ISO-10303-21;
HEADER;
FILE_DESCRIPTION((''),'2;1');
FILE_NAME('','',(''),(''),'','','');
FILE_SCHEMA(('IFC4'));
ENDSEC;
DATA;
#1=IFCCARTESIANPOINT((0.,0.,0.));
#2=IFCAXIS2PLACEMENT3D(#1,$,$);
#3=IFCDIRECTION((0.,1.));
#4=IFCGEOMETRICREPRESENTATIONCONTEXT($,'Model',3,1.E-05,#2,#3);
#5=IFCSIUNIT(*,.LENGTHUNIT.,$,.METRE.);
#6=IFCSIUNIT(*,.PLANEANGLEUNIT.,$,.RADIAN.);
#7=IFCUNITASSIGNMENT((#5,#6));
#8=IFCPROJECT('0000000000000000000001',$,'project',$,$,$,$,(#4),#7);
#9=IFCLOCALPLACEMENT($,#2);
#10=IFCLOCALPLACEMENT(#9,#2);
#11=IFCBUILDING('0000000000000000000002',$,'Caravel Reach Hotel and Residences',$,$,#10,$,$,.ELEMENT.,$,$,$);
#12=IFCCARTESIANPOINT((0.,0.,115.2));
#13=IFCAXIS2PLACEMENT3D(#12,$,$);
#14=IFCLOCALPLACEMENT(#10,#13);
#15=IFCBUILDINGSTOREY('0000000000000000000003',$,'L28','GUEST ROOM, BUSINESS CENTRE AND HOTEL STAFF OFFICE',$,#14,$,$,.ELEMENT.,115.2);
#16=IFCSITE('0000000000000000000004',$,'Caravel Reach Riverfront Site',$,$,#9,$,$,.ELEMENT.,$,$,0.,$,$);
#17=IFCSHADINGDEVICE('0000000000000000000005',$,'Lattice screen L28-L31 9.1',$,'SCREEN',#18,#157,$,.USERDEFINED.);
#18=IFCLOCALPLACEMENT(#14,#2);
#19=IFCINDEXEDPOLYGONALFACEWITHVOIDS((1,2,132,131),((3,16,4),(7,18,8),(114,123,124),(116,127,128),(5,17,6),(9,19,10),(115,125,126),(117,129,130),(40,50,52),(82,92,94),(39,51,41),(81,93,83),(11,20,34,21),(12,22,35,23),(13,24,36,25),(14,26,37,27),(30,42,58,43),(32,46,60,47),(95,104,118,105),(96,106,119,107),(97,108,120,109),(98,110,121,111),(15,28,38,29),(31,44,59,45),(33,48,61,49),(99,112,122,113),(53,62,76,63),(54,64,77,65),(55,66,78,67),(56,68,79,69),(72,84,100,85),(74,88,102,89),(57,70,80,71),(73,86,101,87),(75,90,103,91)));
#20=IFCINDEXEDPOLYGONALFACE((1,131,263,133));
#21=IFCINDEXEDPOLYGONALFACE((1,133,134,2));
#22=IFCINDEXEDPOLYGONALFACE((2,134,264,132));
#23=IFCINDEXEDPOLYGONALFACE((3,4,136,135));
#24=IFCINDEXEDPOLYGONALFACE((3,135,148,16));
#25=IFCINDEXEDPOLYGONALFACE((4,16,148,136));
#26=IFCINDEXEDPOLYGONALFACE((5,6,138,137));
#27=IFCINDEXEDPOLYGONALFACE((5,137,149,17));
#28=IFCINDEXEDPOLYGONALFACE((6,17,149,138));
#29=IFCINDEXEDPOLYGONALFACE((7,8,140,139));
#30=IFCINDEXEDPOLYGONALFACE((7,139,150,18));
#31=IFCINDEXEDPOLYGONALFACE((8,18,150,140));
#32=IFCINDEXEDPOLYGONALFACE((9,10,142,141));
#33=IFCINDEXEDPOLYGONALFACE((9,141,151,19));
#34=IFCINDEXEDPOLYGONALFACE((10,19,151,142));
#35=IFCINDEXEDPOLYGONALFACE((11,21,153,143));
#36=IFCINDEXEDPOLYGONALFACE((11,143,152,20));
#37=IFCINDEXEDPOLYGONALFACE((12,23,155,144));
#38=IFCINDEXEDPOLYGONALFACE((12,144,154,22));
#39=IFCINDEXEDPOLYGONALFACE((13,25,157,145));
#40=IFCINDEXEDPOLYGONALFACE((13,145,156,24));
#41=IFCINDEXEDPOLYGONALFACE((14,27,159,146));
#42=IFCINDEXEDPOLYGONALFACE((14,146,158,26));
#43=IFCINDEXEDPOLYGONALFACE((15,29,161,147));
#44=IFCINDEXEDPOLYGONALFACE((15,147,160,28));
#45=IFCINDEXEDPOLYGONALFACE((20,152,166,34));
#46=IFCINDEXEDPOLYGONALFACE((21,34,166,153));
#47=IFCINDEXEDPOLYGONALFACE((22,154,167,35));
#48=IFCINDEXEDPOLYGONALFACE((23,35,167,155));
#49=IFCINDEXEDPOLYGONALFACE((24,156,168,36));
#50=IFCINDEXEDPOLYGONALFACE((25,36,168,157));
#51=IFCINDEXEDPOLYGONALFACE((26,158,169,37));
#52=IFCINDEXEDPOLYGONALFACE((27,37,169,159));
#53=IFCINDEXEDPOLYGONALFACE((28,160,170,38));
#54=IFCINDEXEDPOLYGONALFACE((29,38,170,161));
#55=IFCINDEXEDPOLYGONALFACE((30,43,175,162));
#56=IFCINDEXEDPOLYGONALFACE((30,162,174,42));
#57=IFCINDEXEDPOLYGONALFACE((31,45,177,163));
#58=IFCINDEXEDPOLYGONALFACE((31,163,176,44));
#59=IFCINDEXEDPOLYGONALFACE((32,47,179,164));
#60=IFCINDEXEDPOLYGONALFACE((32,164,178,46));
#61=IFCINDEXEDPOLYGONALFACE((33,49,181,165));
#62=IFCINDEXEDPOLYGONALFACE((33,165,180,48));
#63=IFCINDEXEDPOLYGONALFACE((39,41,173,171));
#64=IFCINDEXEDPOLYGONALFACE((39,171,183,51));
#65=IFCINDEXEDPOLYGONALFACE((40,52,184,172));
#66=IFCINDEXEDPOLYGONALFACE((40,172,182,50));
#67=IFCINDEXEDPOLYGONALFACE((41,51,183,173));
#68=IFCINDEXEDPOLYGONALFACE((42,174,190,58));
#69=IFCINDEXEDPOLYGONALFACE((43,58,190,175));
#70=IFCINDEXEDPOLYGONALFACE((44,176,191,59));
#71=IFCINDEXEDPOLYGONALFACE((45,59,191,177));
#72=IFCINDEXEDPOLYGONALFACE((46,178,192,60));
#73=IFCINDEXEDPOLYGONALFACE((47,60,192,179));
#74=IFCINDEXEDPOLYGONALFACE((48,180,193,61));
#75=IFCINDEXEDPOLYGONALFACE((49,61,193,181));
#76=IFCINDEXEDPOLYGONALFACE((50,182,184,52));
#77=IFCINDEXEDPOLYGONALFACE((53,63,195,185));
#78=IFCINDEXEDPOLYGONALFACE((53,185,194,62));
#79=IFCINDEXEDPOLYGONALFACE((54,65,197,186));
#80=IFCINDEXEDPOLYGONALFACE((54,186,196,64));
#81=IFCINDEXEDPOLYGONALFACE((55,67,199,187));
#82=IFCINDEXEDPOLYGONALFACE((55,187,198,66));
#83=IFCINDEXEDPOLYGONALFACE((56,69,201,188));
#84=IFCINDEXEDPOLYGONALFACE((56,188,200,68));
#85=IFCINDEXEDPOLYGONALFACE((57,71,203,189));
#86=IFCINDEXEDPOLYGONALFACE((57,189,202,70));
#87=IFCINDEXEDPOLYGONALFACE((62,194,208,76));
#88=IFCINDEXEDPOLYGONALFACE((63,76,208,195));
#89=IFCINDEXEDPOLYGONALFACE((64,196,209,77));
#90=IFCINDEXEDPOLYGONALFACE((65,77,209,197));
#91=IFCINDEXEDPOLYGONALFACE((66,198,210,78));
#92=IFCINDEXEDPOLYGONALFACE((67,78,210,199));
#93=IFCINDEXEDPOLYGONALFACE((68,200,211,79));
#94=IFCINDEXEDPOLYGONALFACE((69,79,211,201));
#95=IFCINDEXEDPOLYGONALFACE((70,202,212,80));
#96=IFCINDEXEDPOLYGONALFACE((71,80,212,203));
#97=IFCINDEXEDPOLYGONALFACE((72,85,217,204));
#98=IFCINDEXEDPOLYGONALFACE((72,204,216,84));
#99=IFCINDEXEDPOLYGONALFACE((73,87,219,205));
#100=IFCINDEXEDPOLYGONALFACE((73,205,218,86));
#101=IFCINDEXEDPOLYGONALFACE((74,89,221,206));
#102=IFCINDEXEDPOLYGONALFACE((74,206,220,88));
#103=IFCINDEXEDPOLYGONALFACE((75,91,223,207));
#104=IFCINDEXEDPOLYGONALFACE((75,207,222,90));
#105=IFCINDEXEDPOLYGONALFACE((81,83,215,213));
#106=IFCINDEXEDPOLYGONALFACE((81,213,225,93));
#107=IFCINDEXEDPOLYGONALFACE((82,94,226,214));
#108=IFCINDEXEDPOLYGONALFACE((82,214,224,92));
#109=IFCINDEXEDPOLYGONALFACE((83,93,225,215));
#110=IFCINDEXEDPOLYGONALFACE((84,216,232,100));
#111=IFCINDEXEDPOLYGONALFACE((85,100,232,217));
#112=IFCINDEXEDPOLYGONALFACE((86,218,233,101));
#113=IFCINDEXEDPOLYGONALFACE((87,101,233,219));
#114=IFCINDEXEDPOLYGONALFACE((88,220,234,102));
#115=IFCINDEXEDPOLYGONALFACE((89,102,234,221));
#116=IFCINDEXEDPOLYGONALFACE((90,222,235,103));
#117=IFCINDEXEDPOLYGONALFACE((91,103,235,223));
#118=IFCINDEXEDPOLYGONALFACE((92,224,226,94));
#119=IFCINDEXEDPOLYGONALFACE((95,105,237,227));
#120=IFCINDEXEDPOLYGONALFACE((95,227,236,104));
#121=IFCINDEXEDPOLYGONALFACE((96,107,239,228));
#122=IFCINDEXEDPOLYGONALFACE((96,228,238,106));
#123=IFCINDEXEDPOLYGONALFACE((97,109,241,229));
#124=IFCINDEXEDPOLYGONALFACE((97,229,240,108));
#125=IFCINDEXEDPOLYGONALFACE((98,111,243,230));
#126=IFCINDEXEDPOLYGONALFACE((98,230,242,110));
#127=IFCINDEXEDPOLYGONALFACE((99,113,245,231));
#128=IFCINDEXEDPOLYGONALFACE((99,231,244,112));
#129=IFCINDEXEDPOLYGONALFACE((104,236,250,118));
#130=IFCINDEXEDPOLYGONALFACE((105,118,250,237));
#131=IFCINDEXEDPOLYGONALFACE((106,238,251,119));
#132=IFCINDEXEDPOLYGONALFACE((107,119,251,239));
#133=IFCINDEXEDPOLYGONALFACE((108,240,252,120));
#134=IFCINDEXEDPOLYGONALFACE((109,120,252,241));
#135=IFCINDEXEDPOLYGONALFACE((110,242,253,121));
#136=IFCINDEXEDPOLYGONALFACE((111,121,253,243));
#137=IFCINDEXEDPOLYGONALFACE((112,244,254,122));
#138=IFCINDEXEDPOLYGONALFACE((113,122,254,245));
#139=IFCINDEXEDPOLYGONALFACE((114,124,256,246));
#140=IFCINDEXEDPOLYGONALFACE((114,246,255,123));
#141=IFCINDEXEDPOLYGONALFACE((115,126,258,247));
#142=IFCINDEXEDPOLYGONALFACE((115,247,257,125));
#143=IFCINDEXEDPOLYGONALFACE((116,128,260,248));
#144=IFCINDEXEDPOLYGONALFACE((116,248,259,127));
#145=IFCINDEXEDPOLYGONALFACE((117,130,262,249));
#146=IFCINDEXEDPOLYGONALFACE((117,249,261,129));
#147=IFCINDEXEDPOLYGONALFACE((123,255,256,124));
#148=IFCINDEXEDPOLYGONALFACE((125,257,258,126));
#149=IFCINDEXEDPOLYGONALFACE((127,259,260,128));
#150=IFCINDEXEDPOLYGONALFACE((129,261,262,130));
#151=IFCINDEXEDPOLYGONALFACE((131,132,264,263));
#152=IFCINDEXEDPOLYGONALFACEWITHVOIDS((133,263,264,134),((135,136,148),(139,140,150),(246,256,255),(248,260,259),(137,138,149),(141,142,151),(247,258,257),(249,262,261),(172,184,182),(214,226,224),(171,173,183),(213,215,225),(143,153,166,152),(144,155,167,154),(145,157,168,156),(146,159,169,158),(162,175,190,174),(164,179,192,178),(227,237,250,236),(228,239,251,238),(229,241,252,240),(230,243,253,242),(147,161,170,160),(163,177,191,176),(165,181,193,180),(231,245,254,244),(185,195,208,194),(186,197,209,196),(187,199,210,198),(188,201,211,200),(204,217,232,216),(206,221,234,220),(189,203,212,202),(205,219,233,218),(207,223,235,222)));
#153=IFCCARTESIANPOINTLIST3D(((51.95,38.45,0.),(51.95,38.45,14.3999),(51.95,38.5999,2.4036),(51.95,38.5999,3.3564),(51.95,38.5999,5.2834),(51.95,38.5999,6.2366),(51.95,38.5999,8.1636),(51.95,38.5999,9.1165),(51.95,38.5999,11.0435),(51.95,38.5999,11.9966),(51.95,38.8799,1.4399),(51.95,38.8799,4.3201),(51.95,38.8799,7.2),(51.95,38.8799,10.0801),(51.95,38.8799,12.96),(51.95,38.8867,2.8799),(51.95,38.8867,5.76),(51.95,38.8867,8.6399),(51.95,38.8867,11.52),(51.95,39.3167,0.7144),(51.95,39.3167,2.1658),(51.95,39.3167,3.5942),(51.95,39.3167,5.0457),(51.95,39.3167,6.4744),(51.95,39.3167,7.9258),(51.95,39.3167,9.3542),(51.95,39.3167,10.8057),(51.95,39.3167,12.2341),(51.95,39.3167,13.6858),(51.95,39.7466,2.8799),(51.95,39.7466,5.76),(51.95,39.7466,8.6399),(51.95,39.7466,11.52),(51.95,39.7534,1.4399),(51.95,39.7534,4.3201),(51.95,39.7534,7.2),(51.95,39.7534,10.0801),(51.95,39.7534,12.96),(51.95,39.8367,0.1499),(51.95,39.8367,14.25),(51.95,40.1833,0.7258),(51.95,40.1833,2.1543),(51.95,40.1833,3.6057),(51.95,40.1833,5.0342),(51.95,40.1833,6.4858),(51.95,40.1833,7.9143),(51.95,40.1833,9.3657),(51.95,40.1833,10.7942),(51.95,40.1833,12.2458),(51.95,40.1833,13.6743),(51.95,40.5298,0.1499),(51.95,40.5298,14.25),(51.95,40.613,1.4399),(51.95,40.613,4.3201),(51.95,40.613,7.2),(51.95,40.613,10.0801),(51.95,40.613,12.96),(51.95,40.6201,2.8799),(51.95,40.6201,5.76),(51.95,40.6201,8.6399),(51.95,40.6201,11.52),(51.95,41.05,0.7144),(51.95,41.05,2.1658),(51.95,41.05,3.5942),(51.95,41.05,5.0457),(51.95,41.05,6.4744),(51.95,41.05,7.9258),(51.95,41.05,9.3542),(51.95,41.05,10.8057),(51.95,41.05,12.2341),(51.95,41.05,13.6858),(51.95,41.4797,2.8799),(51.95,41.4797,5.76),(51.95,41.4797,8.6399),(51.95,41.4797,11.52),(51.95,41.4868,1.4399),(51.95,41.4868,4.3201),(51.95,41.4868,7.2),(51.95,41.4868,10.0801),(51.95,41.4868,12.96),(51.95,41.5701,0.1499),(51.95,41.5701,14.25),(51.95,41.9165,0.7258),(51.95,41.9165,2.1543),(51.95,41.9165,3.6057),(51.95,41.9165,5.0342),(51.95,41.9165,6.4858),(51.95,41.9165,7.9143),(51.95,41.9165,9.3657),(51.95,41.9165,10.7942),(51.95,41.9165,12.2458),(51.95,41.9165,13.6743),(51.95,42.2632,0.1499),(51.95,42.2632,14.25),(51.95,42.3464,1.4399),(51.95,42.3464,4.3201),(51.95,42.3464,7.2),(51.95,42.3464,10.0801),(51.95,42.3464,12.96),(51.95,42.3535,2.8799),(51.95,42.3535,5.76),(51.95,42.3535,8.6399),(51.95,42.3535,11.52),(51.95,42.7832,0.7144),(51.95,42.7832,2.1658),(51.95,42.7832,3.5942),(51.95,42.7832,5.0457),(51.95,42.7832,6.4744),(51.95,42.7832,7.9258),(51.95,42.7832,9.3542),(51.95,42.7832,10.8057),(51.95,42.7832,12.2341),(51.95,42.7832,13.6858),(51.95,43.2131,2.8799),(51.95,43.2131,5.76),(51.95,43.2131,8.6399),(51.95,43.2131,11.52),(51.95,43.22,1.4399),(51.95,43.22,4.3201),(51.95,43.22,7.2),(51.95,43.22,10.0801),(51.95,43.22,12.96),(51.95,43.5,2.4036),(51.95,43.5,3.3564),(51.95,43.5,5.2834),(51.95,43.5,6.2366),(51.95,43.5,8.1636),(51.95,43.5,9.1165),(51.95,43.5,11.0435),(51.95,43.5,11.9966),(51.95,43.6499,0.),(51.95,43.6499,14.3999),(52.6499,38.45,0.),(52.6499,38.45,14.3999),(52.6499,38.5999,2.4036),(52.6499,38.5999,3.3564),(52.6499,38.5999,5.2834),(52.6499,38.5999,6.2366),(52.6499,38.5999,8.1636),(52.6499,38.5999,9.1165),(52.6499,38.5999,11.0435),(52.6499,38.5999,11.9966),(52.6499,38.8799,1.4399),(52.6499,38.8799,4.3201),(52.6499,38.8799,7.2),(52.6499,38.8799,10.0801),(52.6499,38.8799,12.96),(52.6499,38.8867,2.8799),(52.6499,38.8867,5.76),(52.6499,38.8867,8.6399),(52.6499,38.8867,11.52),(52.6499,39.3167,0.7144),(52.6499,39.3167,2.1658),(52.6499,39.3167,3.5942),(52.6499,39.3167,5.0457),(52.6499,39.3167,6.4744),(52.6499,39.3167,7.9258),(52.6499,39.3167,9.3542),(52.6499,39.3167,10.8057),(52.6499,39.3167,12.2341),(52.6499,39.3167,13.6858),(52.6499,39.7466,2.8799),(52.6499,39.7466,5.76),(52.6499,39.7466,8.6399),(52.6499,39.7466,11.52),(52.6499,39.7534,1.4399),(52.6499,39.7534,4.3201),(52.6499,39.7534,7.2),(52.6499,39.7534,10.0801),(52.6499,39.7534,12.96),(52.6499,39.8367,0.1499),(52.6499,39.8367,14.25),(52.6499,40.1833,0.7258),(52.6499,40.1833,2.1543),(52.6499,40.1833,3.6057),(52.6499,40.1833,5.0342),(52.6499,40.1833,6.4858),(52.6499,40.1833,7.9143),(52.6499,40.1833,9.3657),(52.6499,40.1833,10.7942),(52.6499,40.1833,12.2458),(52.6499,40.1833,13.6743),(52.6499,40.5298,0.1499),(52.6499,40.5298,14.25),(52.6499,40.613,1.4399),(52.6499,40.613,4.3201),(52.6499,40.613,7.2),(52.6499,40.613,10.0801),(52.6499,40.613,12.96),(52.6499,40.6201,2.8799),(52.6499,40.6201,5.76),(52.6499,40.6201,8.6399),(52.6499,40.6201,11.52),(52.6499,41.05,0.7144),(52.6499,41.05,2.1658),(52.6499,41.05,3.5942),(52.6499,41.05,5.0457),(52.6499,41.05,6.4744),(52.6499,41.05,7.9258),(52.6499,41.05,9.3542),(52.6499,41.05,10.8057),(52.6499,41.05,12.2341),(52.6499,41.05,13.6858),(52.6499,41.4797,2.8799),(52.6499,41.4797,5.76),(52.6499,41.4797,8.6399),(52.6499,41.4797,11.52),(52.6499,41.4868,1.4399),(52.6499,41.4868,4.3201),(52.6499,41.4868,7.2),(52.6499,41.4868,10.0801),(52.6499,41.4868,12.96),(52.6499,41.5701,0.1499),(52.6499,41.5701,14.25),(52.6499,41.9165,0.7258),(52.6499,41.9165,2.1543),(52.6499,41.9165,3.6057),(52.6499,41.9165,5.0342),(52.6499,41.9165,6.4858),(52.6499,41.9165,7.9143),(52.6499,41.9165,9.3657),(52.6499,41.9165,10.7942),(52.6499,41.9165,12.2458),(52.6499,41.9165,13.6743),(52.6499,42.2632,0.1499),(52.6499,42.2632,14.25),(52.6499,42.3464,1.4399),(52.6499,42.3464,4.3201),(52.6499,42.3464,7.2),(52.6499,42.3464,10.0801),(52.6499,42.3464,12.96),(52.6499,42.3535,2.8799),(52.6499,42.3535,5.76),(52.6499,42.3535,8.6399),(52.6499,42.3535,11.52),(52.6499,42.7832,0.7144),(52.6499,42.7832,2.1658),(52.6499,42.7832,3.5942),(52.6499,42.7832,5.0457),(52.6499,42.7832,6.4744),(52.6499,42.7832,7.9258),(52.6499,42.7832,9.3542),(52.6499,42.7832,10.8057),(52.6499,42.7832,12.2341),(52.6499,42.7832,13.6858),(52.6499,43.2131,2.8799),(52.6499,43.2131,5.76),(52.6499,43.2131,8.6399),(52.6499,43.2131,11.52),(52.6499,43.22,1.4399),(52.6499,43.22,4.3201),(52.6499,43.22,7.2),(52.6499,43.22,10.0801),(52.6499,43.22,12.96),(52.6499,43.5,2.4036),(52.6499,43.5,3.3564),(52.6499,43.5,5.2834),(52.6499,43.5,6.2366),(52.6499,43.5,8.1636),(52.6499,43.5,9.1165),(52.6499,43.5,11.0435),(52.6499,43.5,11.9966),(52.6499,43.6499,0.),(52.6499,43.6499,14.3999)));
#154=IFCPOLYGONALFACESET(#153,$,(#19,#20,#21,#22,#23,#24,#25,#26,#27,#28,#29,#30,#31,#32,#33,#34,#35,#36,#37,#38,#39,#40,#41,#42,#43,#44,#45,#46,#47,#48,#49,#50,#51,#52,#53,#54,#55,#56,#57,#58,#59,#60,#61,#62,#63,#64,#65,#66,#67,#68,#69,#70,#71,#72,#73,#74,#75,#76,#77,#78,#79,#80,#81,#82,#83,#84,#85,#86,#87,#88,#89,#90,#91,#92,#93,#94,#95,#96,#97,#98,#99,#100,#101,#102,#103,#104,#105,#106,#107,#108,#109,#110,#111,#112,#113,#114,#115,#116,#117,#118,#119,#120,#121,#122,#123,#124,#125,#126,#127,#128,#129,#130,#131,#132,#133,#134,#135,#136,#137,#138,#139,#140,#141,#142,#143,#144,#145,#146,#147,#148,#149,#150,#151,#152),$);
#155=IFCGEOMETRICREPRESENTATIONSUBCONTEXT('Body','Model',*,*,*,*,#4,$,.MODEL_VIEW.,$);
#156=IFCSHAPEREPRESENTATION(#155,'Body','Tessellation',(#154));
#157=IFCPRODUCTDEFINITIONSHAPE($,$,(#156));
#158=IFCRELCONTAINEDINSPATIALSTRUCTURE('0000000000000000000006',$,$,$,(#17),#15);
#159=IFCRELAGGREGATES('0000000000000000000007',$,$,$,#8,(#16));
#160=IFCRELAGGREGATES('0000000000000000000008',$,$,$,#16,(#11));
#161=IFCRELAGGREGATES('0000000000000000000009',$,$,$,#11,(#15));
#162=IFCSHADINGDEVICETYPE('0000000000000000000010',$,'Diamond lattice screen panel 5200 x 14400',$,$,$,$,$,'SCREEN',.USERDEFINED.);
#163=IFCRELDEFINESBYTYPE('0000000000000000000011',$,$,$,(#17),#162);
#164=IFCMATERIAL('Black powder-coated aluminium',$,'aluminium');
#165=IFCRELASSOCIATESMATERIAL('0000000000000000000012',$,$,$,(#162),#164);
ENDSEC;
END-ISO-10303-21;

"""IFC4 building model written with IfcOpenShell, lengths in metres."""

from ifc_helpers import new_model, si_unit, direction, frame, origin, place, context, subcontext, project, spatial, polyline, outline, extrude, material, type_object, element, save


model = new_model("IFC4")

# Units and contexts
model_context = context("Model", 3, precision=1e-05, world=origin(), true_north=direction((0.0, 1.0)))
body_context = subcontext(model_context, "Body", "Model", "MODEL_VIEW")
ifc_project = project(units=[si_unit("LENGTHUNIT", "METRE"), si_unit("PLANEANGLEUNIT", "RADIAN")], contexts=[model_context])

# Site, building, storey
site_placement = place(None, origin())
site = spatial("IfcSite", under=ifc_project, at=site_placement, Name="Caravel Reach Riverfront Site", CompositionType="ELEMENT", RefElevation=0.0)
building_placement = place(site_placement, origin())
building = spatial("IfcBuilding", under=site, at=building_placement, Name="Caravel Reach Hotel and Residences", CompositionType="ELEMENT")
storey_placement = place(building_placement, frame((0.0, 0.0, 115.2)))
storey = spatial("IfcBuildingStorey", under=building, at=storey_placement, Name="L28", Description="GUEST ROOM, BUSINESS CENTRE AND HOTEL STAFF OFFICE", CompositionType="ELEMENT", Elevation=115.2)

# Shading device
ifc_material_1 = material(Name="Black powder-coated aluminium", Category="aluminium")
shading_device_type_1 = type_object("IfcShadingDeviceType", Name="Diamond lattice screen panel 5200 x 14400", ElementType="SCREEN", PredefinedType="USERDEFINED", material=ifc_material_1)
shading_device_1_placement = place(storey_placement, frame((51.95, 38.45, 0.0), z_axis=(1.0, 0.0, 0.0), x_axis=(0.0, 1.0, 0.0)))
element("IfcShadingDevice", 1, at=shading_device_1_placement, inside=storey, type_object=shading_device_type_1, Name="Lattice screen L28-L31 9.1", ObjectType="SCREEN", PredefinedType="USERDEFINED", context=body_context, shape_type="SweptSolid", body=[
    extrude(outline(polyline([(0.0, 0.0), (5.2, 0.0), (5.2, 14.3999), (0.0, 14.3999), (0.0, 0.0)]), holes=[polyline([(0.4368, 2.8799), (0.1499, 3.3564), (0.1499, 2.4036), (0.4368, 2.8799)]), polyline([(0.4368, 5.76), (0.1499, 6.2366), (0.1499, 5.2834), (0.4368, 5.76)]), polyline([(0.4368, 8.6399), (0.1499, 9.1165), (0.1499, 8.1636), (0.4368, 8.6399)]), polyline([(0.4368, 11.52), (0.1499, 11.9966), (0.1499, 11.0435), (0.4368, 11.52)]), polyline([(0.8667, 2.1658), (0.4299, 1.4399), (0.8667, 0.7144), (1.3035, 1.4399), (0.8667, 2.1658)]), polyline([(0.8667, 5.0457), (0.4299, 4.3201), (0.8667, 3.5942), (1.3035, 4.3201), (0.8667, 5.0457)]), polyline([(0.8667, 7.9258), (0.4299, 7.2), (0.8667, 6.4744), (1.3035, 7.2), (0.8667, 7.9258)]), polyline([(0.8667, 10.8057), (0.4299, 10.0801), (0.8667, 9.3542), (1.3035, 10.0801), (0.8667, 10.8057)]), polyline([(0.8667, 13.6858), (0.4299, 12.96), (0.8667, 12.2341), (1.3035, 12.96), (0.8667, 13.6858)]), polyline([(1.7334, 0.7258), (1.3867, 0.1499), (2.0798, 0.1499), (1.7334, 0.7258)]), polyline([(1.7334, 3.6057), (1.2966, 2.8799), (1.7334, 2.1543), (2.1702, 2.8799), (1.7334, 3.6057)]), polyline([(1.7334, 6.4858), (1.2966, 5.76), (1.7334, 5.0342), (2.1702, 5.76), (1.7334, 6.4858)]), polyline([(1.7334, 9.3657), (1.2966, 8.6399), (1.7334, 7.9143), (2.1702, 8.6399), (1.7334, 9.3657)]), polyline([(1.7334, 12.2458), (1.2966, 11.52), (1.7334, 10.7942), (2.1702, 11.52), (1.7334, 12.2458)]), polyline([(1.7334, 13.6743), (2.0798, 14.25), (1.3867, 14.25), (1.7334, 13.6743)]), polyline([(2.6001, 2.1658), (2.1631, 1.4399), (2.6001, 0.7144), (3.0369, 1.4399), (2.6001, 2.1658)]), polyline([(2.6001, 5.0457), (2.1631, 4.3201), (2.6001, 3.5942), (3.0369, 4.3201), (2.6001, 5.0457)]), polyline([(2.6001, 7.9258), (2.1631, 7.2), (2.6001, 6.4744), (3.0369, 7.2), (2.6001, 7.9258)]), polyline([(2.6001, 10.8057), (2.1631, 10.0801), (2.6001, 9.3542), (3.0369, 10.0801), (2.6001, 10.8057)]), polyline([(2.6001, 13.6858), (2.1631, 12.96), (2.6001, 12.2341), (3.0369, 12.96), (2.6001, 13.6858)]), polyline([(3.4666, 0.7258), (3.1201, 0.1499), (3.8132, 0.1499), (3.4666, 0.7258)]), polyline([(3.4666, 3.6057), (3.0298, 2.8799), (3.4666, 2.1543), (3.9036, 2.8799), (3.4666, 3.6057)]), polyline([(3.4666, 6.4858), (3.0298, 5.76), (3.4666, 5.0342), (3.9036, 5.76), (3.4666, 6.4858)]), polyline([(3.4666, 9.3657), (3.0298, 8.6399), (3.4666, 7.9143), (3.9036, 8.6399), (3.4666, 9.3657)]), polyline([(3.4666, 12.2458), (3.0298, 11.52), (3.4666, 10.7942), (3.9036, 11.52), (3.4666, 12.2458)]), polyline([(3.4666, 13.6743), (3.8132, 14.25), (3.1201, 14.25), (3.4666, 13.6743)]), polyline([(4.3333, 2.1658), (3.8965, 1.4399), (4.3333, 0.7144), (4.77, 1.4399), (4.3333, 2.1658)]), polyline([(4.3333, 5.0457), (3.8965, 4.3201), (4.3333, 3.5942), (4.77, 4.3201), (4.3333, 5.0457)]), polyline([(4.3333, 7.9258), (3.8965, 7.2), (4.3333, 6.4744), (4.77, 7.2), (4.3333, 7.9258)]), polyline([(4.3333, 10.8057), (3.8965, 10.0801), (4.3333, 9.3542), (4.77, 10.0801), (4.3333, 10.8057)]), polyline([(4.3333, 13.6858), (3.8965, 12.96), (4.3333, 12.2341), (4.77, 12.96), (4.3333, 13.6858)]), polyline([(4.7632, 2.8799), (5.05, 2.4036), (5.05, 3.3564), (4.7632, 2.8799)]), polyline([(4.7632, 5.76), (5.05, 5.2834), (5.05, 6.2366), (4.7632, 5.76)]), polyline([(4.7632, 8.6399), (5.05, 8.1636), (5.05, 9.1165), (4.7632, 8.6399)]), polyline([(4.7632, 11.52), (5.05, 11.0435), (5.05, 11.9966), (4.7632, 11.52)])]), origin(), (0.0, 0.0, 1.0), 0.7),
])

save(model, "model.ifc")
